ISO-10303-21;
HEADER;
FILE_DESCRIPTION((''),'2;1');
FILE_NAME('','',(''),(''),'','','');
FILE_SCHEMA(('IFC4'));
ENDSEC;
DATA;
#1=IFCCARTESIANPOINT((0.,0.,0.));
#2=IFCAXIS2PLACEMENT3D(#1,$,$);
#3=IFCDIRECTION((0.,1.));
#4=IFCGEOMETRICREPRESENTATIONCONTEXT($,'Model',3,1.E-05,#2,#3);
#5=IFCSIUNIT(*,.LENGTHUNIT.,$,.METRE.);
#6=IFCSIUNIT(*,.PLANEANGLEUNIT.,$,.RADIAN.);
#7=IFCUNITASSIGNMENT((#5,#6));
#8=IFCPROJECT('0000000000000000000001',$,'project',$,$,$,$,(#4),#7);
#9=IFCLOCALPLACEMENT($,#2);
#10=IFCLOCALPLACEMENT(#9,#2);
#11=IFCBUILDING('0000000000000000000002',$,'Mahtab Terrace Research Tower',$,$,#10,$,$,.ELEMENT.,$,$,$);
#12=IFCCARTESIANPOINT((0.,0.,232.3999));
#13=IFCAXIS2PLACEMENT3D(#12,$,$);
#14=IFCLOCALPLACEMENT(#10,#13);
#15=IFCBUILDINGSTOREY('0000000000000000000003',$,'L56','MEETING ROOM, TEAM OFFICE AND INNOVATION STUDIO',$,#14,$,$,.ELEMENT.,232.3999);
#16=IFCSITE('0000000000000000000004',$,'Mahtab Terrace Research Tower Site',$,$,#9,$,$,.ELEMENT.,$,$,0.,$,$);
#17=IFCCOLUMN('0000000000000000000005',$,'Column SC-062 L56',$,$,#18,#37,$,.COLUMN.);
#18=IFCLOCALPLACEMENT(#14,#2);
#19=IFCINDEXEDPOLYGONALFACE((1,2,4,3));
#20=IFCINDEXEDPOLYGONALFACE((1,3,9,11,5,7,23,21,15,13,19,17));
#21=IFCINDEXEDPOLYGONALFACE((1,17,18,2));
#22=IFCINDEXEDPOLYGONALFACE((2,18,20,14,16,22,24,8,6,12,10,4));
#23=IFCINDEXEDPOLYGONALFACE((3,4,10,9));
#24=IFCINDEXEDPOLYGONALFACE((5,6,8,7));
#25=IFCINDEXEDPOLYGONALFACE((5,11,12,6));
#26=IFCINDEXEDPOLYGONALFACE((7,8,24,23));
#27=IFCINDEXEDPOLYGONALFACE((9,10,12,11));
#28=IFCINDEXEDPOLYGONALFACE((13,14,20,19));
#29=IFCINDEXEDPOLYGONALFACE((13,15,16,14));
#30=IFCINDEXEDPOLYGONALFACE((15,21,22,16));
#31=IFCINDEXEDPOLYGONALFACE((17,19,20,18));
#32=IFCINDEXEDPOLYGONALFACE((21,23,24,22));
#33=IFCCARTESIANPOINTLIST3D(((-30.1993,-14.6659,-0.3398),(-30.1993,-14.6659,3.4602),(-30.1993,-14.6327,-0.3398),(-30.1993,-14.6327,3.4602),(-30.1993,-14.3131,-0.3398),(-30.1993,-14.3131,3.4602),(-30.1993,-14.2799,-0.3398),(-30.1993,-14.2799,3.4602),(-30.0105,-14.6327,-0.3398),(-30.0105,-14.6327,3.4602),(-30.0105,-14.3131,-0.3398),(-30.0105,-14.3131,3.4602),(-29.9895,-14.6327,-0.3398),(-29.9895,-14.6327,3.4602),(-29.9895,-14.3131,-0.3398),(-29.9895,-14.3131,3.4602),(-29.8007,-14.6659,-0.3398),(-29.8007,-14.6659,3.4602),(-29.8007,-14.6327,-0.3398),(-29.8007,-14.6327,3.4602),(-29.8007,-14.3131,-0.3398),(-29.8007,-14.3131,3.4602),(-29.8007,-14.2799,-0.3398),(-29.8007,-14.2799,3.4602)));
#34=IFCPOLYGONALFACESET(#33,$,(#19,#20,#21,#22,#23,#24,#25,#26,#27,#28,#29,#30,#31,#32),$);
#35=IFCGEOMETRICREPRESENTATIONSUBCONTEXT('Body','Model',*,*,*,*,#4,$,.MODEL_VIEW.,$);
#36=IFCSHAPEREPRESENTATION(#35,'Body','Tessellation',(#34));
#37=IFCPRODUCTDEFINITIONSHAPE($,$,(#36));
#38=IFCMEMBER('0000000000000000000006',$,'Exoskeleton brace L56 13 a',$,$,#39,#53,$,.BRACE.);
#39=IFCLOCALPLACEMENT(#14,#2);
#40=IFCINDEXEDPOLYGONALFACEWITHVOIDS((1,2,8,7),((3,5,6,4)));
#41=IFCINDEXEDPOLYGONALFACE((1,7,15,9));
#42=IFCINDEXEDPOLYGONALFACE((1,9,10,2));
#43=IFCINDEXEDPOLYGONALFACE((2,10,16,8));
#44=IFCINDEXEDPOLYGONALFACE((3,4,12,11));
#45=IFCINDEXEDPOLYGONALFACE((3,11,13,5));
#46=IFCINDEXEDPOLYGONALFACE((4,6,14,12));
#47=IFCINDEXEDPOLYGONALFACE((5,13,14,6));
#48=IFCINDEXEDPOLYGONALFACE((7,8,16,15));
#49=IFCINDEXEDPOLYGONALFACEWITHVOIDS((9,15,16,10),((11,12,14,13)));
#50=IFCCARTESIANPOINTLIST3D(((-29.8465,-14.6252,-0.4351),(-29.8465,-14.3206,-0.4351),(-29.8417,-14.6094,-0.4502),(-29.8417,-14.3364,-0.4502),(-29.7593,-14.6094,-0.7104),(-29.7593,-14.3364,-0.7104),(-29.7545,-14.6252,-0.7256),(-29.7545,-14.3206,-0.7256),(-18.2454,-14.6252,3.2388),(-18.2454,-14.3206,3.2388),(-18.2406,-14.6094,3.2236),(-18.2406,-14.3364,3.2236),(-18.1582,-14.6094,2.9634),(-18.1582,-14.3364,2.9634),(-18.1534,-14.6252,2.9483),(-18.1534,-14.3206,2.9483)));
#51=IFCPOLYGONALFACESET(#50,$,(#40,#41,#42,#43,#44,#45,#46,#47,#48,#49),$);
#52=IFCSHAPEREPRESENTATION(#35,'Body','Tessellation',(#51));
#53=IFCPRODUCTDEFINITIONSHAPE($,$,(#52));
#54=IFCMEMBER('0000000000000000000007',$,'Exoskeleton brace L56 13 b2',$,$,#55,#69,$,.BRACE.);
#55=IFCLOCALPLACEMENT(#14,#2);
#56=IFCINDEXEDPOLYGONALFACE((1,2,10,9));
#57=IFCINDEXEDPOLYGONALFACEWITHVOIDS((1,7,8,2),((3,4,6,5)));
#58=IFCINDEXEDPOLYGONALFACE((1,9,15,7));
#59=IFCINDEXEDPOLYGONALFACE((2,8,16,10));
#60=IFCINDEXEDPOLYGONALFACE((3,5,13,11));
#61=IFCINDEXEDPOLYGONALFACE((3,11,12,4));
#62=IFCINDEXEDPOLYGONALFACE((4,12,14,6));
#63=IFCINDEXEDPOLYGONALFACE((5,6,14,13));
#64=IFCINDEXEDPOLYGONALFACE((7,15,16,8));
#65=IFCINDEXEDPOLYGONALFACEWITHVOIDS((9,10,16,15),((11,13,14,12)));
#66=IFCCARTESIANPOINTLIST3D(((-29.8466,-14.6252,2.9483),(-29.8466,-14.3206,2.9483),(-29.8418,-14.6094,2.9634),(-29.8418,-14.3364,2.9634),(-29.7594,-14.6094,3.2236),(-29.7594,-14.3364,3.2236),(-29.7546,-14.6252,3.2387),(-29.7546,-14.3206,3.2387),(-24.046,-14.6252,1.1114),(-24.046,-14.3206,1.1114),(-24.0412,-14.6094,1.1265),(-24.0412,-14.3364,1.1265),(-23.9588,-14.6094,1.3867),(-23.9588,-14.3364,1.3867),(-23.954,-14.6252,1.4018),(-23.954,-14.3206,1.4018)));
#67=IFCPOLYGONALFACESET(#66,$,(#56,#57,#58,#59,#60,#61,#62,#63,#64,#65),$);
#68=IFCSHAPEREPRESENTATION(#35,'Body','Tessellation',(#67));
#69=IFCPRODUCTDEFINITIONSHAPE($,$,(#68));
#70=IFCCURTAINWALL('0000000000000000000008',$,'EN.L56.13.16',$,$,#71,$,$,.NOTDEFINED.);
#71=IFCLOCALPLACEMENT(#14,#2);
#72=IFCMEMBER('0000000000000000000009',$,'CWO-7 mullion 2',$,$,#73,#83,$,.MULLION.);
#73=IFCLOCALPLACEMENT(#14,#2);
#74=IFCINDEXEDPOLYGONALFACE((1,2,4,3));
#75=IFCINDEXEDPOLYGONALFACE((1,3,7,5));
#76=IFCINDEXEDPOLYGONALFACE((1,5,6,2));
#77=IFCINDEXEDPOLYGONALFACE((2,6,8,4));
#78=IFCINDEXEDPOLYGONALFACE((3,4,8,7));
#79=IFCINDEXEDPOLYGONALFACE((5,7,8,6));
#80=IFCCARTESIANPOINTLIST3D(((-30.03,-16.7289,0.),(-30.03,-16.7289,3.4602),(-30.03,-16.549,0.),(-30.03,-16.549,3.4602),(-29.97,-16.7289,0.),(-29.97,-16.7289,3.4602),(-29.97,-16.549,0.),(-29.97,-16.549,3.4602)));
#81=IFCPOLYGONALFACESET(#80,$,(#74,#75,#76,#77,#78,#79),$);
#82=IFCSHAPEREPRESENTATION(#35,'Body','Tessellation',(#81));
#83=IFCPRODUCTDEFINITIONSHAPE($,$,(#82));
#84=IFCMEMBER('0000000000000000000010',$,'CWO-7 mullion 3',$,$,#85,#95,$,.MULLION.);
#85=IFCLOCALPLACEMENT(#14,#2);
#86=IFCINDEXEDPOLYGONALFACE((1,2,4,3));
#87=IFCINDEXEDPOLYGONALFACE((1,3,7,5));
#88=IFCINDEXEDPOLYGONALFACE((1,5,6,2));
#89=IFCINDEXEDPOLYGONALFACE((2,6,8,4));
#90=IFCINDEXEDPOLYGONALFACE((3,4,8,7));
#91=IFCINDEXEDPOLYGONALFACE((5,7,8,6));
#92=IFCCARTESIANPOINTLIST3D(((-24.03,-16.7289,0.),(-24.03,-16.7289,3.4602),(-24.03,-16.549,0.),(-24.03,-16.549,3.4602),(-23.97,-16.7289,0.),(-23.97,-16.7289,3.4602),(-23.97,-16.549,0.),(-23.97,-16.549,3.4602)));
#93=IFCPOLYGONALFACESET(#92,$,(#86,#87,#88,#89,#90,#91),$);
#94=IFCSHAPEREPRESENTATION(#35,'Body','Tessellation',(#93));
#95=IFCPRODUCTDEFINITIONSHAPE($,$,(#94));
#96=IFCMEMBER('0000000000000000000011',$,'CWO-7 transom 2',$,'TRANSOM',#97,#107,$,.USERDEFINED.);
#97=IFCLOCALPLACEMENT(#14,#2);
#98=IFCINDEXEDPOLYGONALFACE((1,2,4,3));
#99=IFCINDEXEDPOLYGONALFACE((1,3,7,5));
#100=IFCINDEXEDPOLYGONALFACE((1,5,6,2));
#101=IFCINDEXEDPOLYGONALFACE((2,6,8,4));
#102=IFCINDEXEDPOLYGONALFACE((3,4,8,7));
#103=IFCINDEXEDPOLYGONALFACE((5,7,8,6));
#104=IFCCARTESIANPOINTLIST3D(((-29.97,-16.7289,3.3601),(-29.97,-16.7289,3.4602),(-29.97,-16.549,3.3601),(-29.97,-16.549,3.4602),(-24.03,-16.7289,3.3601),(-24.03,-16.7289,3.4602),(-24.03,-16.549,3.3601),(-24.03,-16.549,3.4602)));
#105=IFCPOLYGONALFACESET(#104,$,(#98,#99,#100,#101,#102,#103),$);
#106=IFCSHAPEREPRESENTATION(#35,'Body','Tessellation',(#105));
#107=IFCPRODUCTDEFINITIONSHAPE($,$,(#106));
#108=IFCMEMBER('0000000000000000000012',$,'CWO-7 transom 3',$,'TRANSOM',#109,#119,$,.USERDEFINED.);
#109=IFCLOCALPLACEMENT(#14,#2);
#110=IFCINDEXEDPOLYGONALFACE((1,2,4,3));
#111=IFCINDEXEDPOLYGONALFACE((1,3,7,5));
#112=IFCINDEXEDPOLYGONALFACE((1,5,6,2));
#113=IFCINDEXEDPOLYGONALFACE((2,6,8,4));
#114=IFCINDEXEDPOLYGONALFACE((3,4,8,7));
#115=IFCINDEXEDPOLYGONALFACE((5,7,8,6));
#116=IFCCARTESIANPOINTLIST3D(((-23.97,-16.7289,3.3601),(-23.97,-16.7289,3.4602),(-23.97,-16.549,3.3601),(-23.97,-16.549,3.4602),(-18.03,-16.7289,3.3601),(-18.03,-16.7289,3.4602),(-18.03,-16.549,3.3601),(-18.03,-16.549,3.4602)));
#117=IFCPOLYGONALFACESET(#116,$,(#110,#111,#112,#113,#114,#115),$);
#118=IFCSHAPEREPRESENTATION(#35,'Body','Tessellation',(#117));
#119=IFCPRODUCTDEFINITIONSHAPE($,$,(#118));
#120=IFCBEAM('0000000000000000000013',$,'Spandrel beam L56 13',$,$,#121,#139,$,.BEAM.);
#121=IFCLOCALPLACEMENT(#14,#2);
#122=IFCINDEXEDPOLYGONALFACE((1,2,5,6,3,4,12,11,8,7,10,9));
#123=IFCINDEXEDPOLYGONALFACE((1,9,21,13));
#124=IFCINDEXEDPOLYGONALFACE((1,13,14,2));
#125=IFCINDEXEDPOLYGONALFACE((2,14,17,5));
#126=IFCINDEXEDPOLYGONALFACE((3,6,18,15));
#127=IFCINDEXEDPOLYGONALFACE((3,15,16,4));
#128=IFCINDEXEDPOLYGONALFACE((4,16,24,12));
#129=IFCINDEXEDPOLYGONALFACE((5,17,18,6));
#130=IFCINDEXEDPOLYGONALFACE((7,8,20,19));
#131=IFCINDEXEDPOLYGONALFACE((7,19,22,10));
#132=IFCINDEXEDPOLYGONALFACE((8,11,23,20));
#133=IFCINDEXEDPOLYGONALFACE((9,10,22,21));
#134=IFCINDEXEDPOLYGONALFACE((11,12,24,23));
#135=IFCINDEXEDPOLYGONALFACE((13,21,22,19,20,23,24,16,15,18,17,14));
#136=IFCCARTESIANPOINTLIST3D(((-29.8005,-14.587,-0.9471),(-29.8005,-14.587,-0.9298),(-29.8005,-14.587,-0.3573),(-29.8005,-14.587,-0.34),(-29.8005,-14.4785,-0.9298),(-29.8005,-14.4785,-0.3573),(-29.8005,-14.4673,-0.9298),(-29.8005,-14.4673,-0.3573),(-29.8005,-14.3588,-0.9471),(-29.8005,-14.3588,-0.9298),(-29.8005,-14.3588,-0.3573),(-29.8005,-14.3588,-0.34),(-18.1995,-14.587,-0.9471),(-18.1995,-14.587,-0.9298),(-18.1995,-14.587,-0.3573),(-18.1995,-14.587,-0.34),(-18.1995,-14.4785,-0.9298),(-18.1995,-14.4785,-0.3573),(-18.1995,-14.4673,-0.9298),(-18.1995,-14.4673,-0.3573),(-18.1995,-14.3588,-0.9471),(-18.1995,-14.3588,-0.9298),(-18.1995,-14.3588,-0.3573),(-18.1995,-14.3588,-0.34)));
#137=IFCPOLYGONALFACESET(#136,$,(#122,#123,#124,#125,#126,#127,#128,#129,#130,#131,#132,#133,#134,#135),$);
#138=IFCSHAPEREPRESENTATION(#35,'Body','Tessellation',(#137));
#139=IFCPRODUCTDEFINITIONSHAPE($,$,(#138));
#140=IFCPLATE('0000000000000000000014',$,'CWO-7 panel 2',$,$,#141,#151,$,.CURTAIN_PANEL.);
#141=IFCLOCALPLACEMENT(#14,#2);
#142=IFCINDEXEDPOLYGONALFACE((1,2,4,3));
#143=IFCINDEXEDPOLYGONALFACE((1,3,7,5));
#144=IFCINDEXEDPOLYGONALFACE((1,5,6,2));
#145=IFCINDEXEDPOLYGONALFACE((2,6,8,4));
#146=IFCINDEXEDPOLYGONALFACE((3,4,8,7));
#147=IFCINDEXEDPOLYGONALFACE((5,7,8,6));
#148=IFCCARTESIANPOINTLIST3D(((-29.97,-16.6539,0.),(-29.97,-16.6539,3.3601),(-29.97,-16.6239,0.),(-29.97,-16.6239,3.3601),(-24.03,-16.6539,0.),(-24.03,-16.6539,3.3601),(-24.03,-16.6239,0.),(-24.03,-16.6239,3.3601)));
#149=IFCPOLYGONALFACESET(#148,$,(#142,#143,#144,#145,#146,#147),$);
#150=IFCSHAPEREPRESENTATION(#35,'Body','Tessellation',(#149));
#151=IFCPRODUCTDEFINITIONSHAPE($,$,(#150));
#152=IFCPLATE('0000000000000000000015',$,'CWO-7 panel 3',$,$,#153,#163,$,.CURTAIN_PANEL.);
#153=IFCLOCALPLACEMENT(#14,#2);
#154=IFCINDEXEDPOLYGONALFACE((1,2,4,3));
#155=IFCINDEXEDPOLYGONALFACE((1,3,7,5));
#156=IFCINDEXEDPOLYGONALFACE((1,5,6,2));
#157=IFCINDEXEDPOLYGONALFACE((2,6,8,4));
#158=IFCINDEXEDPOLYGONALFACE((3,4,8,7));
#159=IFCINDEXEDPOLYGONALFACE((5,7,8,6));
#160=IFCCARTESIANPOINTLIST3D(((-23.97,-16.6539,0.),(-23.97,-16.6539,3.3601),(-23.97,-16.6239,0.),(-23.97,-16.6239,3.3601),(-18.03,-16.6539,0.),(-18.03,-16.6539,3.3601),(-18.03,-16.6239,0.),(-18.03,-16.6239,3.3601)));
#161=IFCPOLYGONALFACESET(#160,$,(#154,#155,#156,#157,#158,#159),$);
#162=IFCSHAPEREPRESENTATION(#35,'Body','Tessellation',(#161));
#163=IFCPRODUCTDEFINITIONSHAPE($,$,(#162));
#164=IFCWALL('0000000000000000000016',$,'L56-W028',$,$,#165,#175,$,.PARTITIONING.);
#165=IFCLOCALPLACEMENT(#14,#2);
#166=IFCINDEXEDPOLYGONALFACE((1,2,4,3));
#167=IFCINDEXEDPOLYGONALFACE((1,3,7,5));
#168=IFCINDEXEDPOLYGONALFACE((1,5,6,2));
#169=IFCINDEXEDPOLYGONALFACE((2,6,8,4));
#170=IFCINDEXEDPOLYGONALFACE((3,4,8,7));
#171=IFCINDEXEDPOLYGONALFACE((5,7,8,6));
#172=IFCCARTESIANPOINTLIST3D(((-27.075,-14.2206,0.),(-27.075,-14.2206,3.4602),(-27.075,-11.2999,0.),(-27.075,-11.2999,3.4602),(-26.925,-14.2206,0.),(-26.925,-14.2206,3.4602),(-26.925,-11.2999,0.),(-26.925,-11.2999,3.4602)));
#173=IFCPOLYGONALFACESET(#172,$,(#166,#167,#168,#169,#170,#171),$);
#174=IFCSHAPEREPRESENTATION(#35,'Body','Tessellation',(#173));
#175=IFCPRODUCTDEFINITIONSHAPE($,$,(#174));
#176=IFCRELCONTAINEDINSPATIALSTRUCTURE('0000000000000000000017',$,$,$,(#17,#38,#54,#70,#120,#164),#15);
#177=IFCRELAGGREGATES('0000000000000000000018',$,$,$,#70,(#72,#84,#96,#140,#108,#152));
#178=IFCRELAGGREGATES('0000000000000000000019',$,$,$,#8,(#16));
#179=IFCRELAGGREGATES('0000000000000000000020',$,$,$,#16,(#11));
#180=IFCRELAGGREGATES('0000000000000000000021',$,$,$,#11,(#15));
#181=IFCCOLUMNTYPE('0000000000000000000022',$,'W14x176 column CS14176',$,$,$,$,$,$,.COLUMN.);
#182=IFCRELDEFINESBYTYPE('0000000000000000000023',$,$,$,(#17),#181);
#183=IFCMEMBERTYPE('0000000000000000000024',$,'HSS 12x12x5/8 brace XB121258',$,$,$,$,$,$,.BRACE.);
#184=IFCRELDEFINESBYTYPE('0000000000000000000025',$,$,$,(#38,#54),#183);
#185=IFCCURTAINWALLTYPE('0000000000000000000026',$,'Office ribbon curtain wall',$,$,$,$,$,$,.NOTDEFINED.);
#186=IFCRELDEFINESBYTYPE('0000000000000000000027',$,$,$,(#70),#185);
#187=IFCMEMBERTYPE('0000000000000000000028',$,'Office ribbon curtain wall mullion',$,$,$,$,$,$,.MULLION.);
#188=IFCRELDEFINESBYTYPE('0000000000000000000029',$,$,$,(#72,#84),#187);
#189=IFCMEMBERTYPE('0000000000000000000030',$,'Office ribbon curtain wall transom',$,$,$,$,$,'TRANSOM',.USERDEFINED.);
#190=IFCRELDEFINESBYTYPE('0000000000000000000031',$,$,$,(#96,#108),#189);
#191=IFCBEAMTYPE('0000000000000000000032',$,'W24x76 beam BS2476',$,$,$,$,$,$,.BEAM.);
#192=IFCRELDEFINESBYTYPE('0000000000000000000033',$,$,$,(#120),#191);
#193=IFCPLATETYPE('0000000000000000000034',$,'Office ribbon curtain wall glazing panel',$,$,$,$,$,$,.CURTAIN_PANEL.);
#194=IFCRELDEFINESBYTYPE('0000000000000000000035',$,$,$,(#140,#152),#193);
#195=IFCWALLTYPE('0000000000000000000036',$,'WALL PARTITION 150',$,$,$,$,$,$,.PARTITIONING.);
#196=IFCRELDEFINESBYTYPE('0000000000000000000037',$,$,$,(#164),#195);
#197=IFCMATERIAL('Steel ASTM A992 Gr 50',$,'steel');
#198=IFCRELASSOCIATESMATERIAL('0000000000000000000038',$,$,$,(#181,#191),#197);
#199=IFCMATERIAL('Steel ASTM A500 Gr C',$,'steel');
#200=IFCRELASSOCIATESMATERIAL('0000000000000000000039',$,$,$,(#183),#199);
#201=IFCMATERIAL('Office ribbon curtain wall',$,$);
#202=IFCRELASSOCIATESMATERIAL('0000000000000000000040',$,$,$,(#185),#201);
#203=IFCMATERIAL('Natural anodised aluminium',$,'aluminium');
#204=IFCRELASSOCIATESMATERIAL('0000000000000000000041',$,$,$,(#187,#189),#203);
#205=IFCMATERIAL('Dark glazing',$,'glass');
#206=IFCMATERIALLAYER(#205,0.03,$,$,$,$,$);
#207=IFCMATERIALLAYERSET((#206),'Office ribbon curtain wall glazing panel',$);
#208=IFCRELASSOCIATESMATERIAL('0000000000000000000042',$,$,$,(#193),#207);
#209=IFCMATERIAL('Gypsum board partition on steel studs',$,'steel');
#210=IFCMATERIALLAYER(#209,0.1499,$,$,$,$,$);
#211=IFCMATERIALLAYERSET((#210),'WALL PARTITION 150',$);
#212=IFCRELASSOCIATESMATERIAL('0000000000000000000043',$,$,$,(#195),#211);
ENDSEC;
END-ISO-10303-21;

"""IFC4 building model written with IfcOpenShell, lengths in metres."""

from ifc_helpers import new_model, si_unit, direction, frame, frame_2d, origin, origin_2d, place, context, subcontext, project, spatial, rectangle, hollow_rectangle, i_section, extrude, material, layer, layer_set, material_profile, profile_set, type_object, element, aggregate, save


model = new_model("IFC4")

# Units and contexts
model_context = context("Model", 3, precision=1e-05, world=origin(), true_north=direction((0.0, 1.0)))
body_context = subcontext(model_context, "Body", "Model", "MODEL_VIEW")
ifc_project = project(units=[si_unit("LENGTHUNIT", "METRE"), si_unit("PLANEANGLEUNIT", "RADIAN")], contexts=[model_context])

# Site, building, storey
site_placement = place(None, origin())
site = spatial("IfcSite", under=ifc_project, at=site_placement, Name="Mahtab Terrace Research Tower Site", CompositionType="ELEMENT", RefElevation=0.0)
building_placement = place(site_placement, origin())
building = spatial("IfcBuilding", under=site, at=building_placement, Name="Mahtab Terrace Research Tower", CompositionType="ELEMENT")
storey_placement = place(building_placement, frame((0.0, 0.0, 232.3999)))
storey = spatial("IfcBuildingStorey", under=building, at=storey_placement, Name="L56", Description="MEETING ROOM, TEAM OFFICE AND INNOVATION STUDIO", CompositionType="ELEMENT", Elevation=232.3999)

# Column
ifc_material_1 = material(Name="Steel ASTM A992 Gr 50", Category="steel")
ifc_material_profile_1 = material_profile(ifc_material_1, i_section(OverallWidth=0.3987, OverallDepth=0.386, WebThickness=0.021, FlangeThickness=0.0332, at=origin_2d()), Name="W14X176")
ifc_profile_set_1 = profile_set([ifc_material_profile_1], Name="Steel ASTM A992 Gr 50")
column_type = type_object("IfcColumnType", Name="W14x176 column CS14176", PredefinedType="COLUMN", material=ifc_profile_set_1)
column_placement = place(storey_placement, frame((-30.0, -14.4729, -0.3398), z_axis=(0.0, 0.0, 1.0), x_axis=(1.0, 0.0, 0.0)))
element("IfcColumn", 1, at=column_placement, inside=storey, type_object=column_type, Name="Column SC-062 L56", PredefinedType="COLUMN", context=body_context, shape_type="SweptSolid", body=[
    extrude(i_section(OverallWidth=0.3987, OverallDepth=0.386, WebThickness=0.021, FlangeThickness=0.0332, at=origin_2d()), origin(), (0.0, 0.0, 1.0), 3.8),
])

# Members
ifc_material_2 = material(Name="Steel ASTM A500 Gr C", Category="steel")
ifc_material_profile_2 = material_profile(ifc_material_2, hollow_rectangle(XDim=0.3047, YDim=0.3047, WallThickness=0.0159, at=origin_2d()), Name="HSS12X12X5/8")
ifc_profile_set_2 = profile_set([ifc_material_profile_2], Name="Steel ASTM A500 Gr C")
member_type_1 = type_object("IfcMemberType", Name="HSS 12x12x5/8 brace XB121258", PredefinedType="BRACE", material=ifc_profile_set_2)
member_1_placement = place(storey_placement, frame((-29.8005, -14.4729, -0.5803), z_axis=(0.953339, 0.0, 0.301903), x_axis=(0.0, 1.0, 0.0)))
element("IfcMember", 2, at=member_1_placement, inside=storey, type_object=member_type_1, Name="Exoskeleton brace L56 13 a", PredefinedType="BRACE", context=body_context, shape_type="SweptSolid", body=[
    extrude(hollow_rectangle(XDim=0.3047, YDim=0.3047, WallThickness=0.0159, at=origin_2d()), origin(), (0.0, 0.0, 1.0), 12.1689),
])
member_2_placement = place(storey_placement, frame((-24.0, -14.4729, 1.2566), z_axis=(-0.953339, 0.0, 0.301903), x_axis=(0.0, -1.0, 0.0)))
element("IfcMember", 3, at=member_2_placement, inside=storey, type_object=member_type_1, Name="Exoskeleton brace L56 13 b2", PredefinedType="BRACE", context=body_context, shape_type="SweptSolid", body=[
    extrude(hollow_rectangle(XDim=0.3047, YDim=0.3047, WallThickness=0.0159, at=origin_2d()), origin(), (0.0, 0.0, 1.0), 6.0845),
])

# Curtain wall, members
ifc_material_3 = material(Name="Office ribbon curtain wall")
curtain_wall_type = type_object("IfcCurtainWallType", Name="Office ribbon curtain wall", PredefinedType="NOTDEFINED", material=ifc_material_3)
curtain_wall_placement = place(storey_placement, origin())
curtain_wall = element("IfcCurtainWall", 4, at=curtain_wall_placement, inside=storey, type_object=curtain_wall_type, Name="EN.L56.13.16", PredefinedType="NOTDEFINED")
ifc_material_4 = material(Name="Natural anodised aluminium", Category="aluminium")
ifc_material_profile_3 = material_profile(ifc_material_4, rectangle(XDim=0.1799, YDim=0.0601, at=origin_2d()), Name="MULLION 60x180")
ifc_profile_set_3 = profile_set([ifc_material_profile_3], Name="Natural anodised aluminium")
member_type_2 = type_object("IfcMemberType", Name="Office ribbon curtain wall mullion", PredefinedType="MULLION", material=ifc_profile_set_3)
member_3_placement = place(storey_placement, frame((-30.0, -16.6389, 0.0), z_axis=(0.0, 0.0, 1.0), x_axis=(0.0, 1.0, 0.0)))
member_3 = element("IfcMember", 5, at=member_3_placement, type_object=member_type_2, Name="CWO-7 mullion 2", PredefinedType="MULLION", context=body_context, shape_type="SweptSolid", body=[
    extrude(rectangle(XDim=0.1799, YDim=0.0601, at=origin_2d()), origin(), (0.0, 0.0, 1.0), 3.4602),
])
member_4_placement = place(storey_placement, frame((-24.0, -16.6389, 0.0), z_axis=(0.0, 0.0, 1.0), x_axis=(0.0, 1.0, 0.0)))
member_4 = element("IfcMember", 6, at=member_4_placement, type_object=member_type_2, Name="CWO-7 mullion 3", PredefinedType="MULLION", context=body_context, shape_type="SweptSolid", body=[
    extrude(rectangle(XDim=0.1799, YDim=0.0601, at=origin_2d()), origin(), (0.0, 0.0, 1.0), 3.4602),
])
ifc_material_profile_4 = material_profile(ifc_material_4, rectangle(XDim=0.1799, YDim=0.1001, at=origin_2d()), Name="TRANSOM 100x180")
ifc_profile_set_4 = profile_set([ifc_material_profile_4], Name="Natural anodised aluminium")
member_type_3 = type_object("IfcMemberType", Name="Office ribbon curtain wall transom", ElementType="TRANSOM", PredefinedType="USERDEFINED", material=ifc_profile_set_4)
member_5_placement = place(storey_placement, frame((-29.97, -16.6389, 3.4102), z_axis=(1.0, 0.0, 0.0), x_axis=(0.0, 1.0, 0.0)))
member_5 = element("IfcMember", 7, at=member_5_placement, type_object=member_type_3, Name="CWO-7 transom 2", ObjectType="TRANSOM", PredefinedType="USERDEFINED", context=body_context, shape_type="SweptSolid", body=[
    extrude(rectangle(XDim=0.1799, YDim=0.1001, at=origin_2d()), origin(), (0.0, 0.0, 1.0), 5.9399),
])
member_6_placement = place(storey_placement, frame((-23.97, -16.6389, 3.4102), z_axis=(1.0, 0.0, 0.0), x_axis=(0.0, 1.0, 0.0)))
member_6 = element("IfcMember", 8, at=member_6_placement, type_object=member_type_3, Name="CWO-7 transom 3", ObjectType="TRANSOM", PredefinedType="USERDEFINED", context=body_context, shape_type="SweptSolid", body=[
    extrude(rectangle(XDim=0.1799, YDim=0.1001, at=origin_2d()), origin(), (0.0, 0.0, 1.0), 5.9399),
])

# Beam
ifc_material_profile_5 = material_profile(ifc_material_1, i_section(OverallWidth=0.2283, OverallDepth=0.6072, WebThickness=0.0112, FlangeThickness=0.0173, at=origin_2d()), Name="W24X76")
ifc_profile_set_5 = profile_set([ifc_material_profile_5], Name="Steel ASTM A992 Gr 50")
beam_type = type_object("IfcBeamType", Name="W24x76 beam BS2476", PredefinedType="BEAM", material=ifc_profile_set_5)
beam_placement = place(storey_placement, frame((-29.8005, -14.4729, -0.6436), z_axis=(1.0, 0.0, 0.0), x_axis=(0.0, 1.0, 0.0)))
element("IfcBeam", 9, at=beam_placement, inside=storey, type_object=beam_type, Name="Spandrel beam L56 13", PredefinedType="BEAM", context=body_context, shape_type="SweptSolid", body=[
    extrude(i_section(OverallWidth=0.2283, OverallDepth=0.6072, WebThickness=0.0112, FlangeThickness=0.0173, at=origin_2d()), origin(), (0.0, 0.0, 1.0), 11.6011),
])

# Plates
ifc_material_5 = material(Name="Dark glazing", Category="glass")
ifc_layer_1 = layer(ifc_material_5, 0.03)
ifc_layer_set_1 = layer_set([ifc_layer_1], Name="Office ribbon curtain wall glazing panel")
plate_type = type_object("IfcPlateType", Name="Office ribbon curtain wall glazing panel", PredefinedType="CURTAIN_PANEL", material=ifc_layer_set_1)
plate_1_placement = place(storey_placement, frame((-27.0, -16.6389, 0.0), z_axis=(0.0, 0.0, 1.0), x_axis=(1.0, 0.0, 0.0)))
plate_1 = element("IfcPlate", 10, at=plate_1_placement, type_object=plate_type, Name="CWO-7 panel 2", PredefinedType="CURTAIN_PANEL", context=body_context, shape_type="SweptSolid", body=[
    extrude(rectangle(XDim=5.9399, YDim=0.03, at=origin_2d()), origin(), (0.0, 0.0, 1.0), 3.3601),
])
plate_2_placement = place(storey_placement, frame((-21.0, -16.6389, 0.0), z_axis=(0.0, 0.0, 1.0), x_axis=(1.0, 0.0, 0.0)))
plate_2 = element("IfcPlate", 11, at=plate_2_placement, type_object=plate_type, Name="CWO-7 panel 3", PredefinedType="CURTAIN_PANEL", context=body_context, shape_type="SweptSolid", body=[
    extrude(rectangle(XDim=5.9399, YDim=0.03, at=origin_2d()), origin(), (0.0, 0.0, 1.0), 3.3601),
])
aggregate(curtain_wall, [member_3, member_4, member_5, plate_1, member_6, plate_2])

# Wall
ifc_material_6 = material(Name="Gypsum board partition on steel studs", Category="steel")
ifc_layer_2 = layer(ifc_material_6, 0.1499)
ifc_layer_set_2 = layer_set([ifc_layer_2], Name="WALL PARTITION 150")
wall_type = type_object("IfcWallType", Name="WALL PARTITION 150", PredefinedType="PARTITIONING", material=ifc_layer_set_2)
wall_1_placement = place(storey_placement, frame((-27.0, -14.2207, 0.0), z_axis=(0.0, 0.0, 1.0), x_axis=(0.0, 1.0, 0.0)))
element("IfcWall", 12, at=wall_1_placement, inside=storey, type_object=wall_type, Name="L56-W028", PredefinedType="PARTITIONING", context=body_context, shape_type="SweptSolid", body=[
    extrude(rectangle(XDim=2.9207, YDim=0.1499, at=frame_2d((1.4604, 0.0))), origin(), (0.0, 0.0, 1.0), 3.4602),
])

save(model, "model.ifc")
